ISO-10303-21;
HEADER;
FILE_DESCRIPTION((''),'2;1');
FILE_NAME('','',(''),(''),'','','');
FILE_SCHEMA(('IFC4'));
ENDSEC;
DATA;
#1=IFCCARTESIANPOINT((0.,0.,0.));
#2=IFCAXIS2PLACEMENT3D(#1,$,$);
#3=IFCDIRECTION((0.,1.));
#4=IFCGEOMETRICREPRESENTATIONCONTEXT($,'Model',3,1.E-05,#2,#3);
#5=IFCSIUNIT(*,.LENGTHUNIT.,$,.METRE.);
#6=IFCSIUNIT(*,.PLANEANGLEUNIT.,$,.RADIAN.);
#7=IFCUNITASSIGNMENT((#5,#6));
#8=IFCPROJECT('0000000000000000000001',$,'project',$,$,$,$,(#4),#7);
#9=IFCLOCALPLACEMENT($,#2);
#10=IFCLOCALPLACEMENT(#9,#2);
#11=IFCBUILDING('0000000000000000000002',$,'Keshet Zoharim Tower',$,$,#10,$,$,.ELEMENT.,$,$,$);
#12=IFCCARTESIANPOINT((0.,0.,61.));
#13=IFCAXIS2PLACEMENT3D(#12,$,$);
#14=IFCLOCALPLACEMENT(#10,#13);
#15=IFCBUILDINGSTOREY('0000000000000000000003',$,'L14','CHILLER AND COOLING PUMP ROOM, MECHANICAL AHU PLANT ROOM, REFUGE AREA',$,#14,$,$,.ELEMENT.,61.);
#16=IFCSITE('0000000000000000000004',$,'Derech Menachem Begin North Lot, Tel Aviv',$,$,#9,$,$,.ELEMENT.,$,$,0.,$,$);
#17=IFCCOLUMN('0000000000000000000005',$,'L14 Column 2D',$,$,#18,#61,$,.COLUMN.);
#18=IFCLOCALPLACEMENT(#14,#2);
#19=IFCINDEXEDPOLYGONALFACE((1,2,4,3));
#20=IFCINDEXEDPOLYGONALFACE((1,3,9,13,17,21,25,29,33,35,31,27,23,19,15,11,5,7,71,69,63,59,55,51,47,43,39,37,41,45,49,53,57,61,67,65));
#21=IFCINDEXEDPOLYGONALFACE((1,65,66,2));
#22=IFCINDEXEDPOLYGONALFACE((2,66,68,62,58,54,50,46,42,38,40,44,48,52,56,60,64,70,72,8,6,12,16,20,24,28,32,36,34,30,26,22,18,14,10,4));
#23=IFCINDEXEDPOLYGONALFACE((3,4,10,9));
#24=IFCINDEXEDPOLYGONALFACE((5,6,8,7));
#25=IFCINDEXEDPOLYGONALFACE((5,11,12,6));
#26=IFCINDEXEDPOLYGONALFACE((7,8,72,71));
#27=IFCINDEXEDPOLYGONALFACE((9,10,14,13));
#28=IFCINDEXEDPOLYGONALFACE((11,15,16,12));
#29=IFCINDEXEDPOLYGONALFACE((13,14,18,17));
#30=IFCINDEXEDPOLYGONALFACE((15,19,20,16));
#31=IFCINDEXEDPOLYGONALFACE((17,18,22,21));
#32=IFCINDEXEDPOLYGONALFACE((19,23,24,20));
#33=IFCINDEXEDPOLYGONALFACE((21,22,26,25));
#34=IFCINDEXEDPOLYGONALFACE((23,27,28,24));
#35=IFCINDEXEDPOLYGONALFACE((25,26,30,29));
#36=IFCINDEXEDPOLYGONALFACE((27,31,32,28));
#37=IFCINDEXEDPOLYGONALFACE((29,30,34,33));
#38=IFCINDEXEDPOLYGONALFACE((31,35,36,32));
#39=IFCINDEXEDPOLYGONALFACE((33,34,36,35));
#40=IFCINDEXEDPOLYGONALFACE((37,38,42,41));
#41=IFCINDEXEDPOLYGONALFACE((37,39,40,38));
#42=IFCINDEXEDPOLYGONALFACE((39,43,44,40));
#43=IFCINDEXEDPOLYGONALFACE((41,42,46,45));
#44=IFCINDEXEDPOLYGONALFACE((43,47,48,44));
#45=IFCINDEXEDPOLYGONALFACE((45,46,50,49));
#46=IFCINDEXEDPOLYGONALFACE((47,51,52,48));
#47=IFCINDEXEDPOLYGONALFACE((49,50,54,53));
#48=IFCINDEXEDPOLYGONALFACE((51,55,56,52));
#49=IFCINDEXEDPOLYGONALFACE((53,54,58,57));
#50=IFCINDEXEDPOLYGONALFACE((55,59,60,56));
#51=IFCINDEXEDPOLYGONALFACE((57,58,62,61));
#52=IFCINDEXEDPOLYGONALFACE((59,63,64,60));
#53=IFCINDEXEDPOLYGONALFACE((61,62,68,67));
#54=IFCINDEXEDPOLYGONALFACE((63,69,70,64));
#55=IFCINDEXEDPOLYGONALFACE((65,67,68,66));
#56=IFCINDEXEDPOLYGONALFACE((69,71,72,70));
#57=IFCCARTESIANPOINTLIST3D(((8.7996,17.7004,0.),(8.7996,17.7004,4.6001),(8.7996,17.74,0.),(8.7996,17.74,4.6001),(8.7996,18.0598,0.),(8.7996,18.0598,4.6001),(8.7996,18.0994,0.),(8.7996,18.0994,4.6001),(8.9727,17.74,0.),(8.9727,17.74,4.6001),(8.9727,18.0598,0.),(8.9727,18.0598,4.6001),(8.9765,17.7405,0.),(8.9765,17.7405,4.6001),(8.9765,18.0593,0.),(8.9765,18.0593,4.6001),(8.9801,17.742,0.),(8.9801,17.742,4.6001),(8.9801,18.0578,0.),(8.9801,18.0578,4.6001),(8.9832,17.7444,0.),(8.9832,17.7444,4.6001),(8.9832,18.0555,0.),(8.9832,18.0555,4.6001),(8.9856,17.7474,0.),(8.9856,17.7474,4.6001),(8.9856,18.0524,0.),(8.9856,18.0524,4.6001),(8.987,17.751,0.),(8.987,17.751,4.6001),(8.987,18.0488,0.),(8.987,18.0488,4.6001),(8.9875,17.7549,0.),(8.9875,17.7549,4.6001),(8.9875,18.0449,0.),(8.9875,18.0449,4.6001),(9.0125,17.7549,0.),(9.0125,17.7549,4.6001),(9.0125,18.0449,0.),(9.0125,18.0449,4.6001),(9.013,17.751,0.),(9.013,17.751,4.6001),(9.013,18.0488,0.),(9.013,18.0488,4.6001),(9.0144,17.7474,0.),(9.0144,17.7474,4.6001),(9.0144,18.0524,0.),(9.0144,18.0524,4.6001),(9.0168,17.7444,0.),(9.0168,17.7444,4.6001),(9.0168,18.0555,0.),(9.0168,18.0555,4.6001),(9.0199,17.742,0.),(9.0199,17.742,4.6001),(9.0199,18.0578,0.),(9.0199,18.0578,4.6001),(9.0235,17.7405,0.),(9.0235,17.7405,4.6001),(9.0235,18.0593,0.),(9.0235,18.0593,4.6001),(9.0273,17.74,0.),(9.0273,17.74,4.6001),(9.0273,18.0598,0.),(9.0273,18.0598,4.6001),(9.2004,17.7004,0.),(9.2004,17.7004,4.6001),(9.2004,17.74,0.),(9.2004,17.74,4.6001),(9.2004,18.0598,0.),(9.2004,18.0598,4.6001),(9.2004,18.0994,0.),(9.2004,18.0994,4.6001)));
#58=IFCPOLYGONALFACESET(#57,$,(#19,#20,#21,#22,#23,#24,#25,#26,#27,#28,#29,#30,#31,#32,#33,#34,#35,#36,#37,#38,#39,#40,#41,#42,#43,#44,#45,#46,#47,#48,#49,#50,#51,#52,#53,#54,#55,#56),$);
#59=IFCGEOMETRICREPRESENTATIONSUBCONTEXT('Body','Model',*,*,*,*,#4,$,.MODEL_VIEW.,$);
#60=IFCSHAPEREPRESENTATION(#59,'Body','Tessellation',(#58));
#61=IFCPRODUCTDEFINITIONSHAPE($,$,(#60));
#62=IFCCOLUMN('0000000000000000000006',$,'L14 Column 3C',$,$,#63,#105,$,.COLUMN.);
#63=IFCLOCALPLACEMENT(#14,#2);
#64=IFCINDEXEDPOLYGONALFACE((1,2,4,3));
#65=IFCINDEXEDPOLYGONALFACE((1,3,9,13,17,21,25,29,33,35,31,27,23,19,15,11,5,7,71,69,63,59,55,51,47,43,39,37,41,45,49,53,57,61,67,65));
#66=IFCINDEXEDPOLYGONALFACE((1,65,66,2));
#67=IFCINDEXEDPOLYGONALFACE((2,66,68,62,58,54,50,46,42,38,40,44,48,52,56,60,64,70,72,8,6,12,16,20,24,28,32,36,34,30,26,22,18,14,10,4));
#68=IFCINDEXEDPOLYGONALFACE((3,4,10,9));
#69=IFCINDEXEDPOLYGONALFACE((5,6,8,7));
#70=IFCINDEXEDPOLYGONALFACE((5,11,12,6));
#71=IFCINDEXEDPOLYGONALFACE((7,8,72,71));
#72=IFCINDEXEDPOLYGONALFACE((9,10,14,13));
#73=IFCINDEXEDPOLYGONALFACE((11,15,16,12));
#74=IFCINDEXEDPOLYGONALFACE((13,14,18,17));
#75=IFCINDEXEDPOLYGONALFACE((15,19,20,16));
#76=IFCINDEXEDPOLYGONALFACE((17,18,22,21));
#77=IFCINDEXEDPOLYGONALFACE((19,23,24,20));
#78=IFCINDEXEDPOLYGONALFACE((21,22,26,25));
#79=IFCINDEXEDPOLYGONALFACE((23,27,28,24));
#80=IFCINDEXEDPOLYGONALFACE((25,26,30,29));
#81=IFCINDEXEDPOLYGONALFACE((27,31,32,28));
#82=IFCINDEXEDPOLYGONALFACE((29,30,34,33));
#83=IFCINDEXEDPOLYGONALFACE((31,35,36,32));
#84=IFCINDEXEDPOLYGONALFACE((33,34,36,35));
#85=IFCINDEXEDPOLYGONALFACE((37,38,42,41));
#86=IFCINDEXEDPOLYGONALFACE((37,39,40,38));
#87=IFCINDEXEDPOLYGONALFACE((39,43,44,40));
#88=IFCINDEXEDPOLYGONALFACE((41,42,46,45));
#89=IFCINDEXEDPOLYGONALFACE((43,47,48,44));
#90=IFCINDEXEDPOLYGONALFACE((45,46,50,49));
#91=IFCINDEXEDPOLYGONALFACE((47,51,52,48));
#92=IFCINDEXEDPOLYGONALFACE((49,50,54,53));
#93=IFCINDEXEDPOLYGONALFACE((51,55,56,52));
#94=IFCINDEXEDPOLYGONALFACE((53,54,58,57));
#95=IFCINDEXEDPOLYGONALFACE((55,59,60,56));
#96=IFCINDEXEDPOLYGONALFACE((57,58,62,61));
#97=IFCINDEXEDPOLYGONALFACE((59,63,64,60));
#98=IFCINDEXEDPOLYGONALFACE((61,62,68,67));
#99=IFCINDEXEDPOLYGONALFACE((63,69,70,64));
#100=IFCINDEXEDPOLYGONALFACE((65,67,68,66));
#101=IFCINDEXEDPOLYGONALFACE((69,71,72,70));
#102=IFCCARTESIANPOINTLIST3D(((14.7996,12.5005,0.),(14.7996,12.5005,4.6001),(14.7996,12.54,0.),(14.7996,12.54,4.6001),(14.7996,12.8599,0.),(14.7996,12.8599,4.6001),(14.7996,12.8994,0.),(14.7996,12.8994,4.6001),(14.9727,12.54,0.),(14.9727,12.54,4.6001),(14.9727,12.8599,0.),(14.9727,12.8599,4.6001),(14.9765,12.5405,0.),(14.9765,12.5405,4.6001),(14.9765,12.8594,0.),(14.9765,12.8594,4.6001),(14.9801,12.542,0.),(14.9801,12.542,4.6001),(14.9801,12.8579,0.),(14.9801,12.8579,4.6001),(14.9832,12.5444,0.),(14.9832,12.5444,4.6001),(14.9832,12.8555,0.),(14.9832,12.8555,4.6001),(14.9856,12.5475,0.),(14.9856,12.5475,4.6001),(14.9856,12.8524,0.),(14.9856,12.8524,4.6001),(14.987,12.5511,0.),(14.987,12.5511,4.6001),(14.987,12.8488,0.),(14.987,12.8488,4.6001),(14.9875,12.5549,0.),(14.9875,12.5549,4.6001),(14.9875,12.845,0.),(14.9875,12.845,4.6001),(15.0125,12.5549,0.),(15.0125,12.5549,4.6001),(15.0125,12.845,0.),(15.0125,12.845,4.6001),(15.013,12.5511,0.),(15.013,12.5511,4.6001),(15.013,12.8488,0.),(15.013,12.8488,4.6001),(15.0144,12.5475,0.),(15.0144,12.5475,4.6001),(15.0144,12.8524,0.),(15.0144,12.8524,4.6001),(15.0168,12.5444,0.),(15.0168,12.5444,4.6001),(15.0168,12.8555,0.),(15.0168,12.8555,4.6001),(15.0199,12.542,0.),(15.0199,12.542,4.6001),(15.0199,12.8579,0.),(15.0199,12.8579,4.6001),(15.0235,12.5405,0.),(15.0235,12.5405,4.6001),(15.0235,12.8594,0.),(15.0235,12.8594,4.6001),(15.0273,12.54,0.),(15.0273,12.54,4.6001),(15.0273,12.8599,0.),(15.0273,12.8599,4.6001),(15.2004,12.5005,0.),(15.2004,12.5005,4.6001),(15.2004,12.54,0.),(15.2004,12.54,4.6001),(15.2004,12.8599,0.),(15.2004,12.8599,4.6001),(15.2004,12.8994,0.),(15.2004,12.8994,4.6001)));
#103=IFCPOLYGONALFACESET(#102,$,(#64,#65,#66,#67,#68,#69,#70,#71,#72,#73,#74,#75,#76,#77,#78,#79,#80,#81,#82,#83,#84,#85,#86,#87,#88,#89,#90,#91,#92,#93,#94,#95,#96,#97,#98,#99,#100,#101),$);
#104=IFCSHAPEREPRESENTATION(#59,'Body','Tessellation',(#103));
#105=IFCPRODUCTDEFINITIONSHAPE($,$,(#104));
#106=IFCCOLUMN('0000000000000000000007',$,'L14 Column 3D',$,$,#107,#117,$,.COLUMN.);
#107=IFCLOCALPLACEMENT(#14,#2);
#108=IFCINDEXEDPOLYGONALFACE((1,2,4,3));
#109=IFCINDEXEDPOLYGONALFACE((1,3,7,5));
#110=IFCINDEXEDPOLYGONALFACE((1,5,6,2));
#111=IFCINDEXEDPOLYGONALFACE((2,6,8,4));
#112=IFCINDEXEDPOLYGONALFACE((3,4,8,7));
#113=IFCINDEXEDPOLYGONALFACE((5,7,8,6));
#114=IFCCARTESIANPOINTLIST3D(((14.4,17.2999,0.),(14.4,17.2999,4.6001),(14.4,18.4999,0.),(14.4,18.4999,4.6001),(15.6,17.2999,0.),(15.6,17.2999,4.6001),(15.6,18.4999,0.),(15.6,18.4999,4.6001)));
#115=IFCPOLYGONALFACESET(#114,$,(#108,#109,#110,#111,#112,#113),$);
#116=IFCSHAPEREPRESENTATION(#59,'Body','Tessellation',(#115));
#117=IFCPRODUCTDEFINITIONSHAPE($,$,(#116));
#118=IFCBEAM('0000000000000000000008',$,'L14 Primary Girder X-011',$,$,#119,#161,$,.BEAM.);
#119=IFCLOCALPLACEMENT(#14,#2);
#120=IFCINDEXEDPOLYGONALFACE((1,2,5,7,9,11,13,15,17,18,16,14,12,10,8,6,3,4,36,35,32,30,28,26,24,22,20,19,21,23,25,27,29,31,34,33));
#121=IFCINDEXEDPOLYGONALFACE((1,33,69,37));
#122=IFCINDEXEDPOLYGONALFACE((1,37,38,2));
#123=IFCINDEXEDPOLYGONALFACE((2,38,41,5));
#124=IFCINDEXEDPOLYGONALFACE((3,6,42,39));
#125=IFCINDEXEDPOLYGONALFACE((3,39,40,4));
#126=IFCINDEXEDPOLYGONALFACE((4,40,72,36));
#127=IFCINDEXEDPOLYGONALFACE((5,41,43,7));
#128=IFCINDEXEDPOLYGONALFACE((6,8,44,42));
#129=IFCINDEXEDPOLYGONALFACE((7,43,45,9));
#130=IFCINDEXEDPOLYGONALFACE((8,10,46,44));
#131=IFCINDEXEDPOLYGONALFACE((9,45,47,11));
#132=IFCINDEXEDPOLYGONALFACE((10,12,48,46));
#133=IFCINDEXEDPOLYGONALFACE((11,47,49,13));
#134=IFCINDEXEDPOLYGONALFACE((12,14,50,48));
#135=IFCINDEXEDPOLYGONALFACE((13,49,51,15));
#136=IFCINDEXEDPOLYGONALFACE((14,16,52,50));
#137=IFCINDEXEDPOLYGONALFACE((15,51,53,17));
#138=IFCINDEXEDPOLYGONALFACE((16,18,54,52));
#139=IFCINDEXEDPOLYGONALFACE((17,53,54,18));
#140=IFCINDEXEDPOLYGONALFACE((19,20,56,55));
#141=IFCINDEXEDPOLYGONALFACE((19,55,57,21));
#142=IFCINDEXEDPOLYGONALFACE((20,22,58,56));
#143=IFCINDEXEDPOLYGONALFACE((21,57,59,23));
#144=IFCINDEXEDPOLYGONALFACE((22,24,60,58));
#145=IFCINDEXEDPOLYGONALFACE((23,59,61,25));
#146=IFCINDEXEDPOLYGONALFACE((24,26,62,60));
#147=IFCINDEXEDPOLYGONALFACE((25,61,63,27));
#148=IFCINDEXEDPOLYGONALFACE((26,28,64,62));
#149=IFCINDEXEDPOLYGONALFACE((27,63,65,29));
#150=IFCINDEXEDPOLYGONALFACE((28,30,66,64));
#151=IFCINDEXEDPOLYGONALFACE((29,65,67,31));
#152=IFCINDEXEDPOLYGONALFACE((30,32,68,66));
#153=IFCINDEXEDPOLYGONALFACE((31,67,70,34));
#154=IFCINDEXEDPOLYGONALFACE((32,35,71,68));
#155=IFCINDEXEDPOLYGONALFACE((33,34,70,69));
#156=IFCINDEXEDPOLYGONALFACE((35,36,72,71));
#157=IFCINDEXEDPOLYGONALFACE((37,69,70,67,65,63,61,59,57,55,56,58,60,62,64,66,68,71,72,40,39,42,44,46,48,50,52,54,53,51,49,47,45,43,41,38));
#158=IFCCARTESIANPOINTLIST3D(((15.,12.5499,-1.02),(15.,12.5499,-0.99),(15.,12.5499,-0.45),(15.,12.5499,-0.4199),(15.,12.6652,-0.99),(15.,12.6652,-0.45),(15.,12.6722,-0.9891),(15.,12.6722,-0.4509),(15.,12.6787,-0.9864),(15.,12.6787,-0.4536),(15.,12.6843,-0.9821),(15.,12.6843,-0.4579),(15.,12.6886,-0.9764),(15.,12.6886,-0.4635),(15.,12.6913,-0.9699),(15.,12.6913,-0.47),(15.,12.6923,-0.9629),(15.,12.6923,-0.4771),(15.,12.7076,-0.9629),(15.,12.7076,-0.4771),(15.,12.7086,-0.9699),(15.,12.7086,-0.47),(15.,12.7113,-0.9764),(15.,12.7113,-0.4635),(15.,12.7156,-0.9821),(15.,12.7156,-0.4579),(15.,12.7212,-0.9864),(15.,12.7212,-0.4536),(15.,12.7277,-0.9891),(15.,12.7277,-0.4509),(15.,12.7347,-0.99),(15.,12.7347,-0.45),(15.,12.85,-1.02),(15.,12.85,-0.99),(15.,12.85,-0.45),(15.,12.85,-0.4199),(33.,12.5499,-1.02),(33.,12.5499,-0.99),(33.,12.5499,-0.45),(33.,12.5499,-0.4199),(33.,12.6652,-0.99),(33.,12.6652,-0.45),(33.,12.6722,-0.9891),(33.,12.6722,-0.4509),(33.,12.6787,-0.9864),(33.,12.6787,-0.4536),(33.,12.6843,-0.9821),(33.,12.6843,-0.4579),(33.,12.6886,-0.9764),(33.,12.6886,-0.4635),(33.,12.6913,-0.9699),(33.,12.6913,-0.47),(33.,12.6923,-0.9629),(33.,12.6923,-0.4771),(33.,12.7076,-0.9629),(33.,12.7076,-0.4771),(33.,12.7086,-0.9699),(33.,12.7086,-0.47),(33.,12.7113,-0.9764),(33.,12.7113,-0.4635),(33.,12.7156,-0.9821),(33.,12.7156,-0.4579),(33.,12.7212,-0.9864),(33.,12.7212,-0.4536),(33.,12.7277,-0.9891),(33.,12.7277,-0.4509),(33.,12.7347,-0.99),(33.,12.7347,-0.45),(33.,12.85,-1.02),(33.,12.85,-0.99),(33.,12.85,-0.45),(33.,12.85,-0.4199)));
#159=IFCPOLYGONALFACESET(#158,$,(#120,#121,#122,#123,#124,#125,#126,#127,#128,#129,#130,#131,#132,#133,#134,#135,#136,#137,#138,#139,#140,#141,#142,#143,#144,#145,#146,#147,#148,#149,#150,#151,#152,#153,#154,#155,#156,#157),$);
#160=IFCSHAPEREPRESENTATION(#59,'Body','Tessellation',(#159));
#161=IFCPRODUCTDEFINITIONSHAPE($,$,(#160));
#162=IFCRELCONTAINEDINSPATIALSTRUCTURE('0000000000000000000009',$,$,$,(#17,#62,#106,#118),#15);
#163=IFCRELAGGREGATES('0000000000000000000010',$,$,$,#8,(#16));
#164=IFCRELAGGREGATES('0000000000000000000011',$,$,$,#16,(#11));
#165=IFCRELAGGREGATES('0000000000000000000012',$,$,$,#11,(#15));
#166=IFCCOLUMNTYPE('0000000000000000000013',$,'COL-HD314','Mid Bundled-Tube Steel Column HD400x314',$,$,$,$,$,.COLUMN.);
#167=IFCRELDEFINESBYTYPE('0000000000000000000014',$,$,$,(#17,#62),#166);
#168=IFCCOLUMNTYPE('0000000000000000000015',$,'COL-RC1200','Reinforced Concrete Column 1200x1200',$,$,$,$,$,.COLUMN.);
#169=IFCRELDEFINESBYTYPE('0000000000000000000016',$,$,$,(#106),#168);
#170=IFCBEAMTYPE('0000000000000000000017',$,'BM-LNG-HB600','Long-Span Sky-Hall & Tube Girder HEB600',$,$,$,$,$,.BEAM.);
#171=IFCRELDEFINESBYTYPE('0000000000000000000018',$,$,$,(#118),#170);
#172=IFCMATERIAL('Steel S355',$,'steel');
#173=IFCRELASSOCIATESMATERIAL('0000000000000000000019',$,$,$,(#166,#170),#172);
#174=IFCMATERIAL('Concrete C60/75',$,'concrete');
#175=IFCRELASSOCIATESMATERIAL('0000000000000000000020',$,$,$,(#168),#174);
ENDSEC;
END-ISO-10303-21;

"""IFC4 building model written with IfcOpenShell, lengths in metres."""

from ifc_helpers import new_model, si_unit, direction, frame, origin, origin_2d, place, context, subcontext, project, spatial, rectangle, i_section, extrude, material, material_profile, profile_set, type_object, element, save


model = new_model("IFC4")

# Units and contexts
model_context = context("Model", 3, precision=1e-05, world=origin(), true_north=direction((0.0, 1.0)))
body_context = subcontext(model_context, "Body", "Model", "MODEL_VIEW")
ifc_project = project(units=[si_unit("LENGTHUNIT", "METRE"), si_unit("PLANEANGLEUNIT", "RADIAN")], contexts=[model_context])

# Site, building, storey
site_placement = place(None, origin())
site = spatial("IfcSite", under=ifc_project, at=site_placement, Name="Derech Menachem Begin North Lot, Tel Aviv", CompositionType="ELEMENT", RefElevation=0.0)
building_placement = place(site_placement, origin())
building = spatial("IfcBuilding", under=site, at=building_placement, Name="Keshet Zoharim Tower", CompositionType="ELEMENT")
storey_placement = place(building_placement, frame((0.0, 0.0, 61.0)))
storey = spatial("IfcBuildingStorey", under=building, at=storey_placement, Name="L14", Description="CHILLER AND COOLING PUMP ROOM, MECHANICAL AHU PLANT ROOM, REFUGE AREA", CompositionType="ELEMENT", Elevation=61.0)

# Columns
ifc_material_1 = material(Name="Steel S355", Category="steel")
ifc_material_profile_1 = material_profile(ifc_material_1, i_section(OverallWidth=0.4009, OverallDepth=0.3989, WebThickness=0.0249, FlangeThickness=0.0396, FilletRadius=0.0149, at=origin_2d()), Name="HD400x314")
ifc_profile_set_1 = profile_set([ifc_material_profile_1], Name="Steel S355")
column_type_1 = type_object("IfcColumnType", Name="COL-HD314", Description="Mid Bundled-Tube Steel Column HD400x314", PredefinedType="COLUMN", material=ifc_profile_set_1)
for number, where, z_axis, x_axis, name in (
    (1, (9.0, 17.8999, 0.0), (0.0, 0.0, 1.0), (1.0, 0.0, 0.0), "L14 Column 2D"),
    (2, (15.0, 12.7, 0.0), (0.0, 0.0, 1.0), (1.0, 0.0, 0.0), "L14 Column 3C"),
):
    element("IfcColumn", number, at=place(storey_placement, frame(where, z_axis=z_axis, x_axis=x_axis)), inside=storey, type_object=column_type_1, Name=name, PredefinedType="COLUMN", context=body_context, shape_type="SweptSolid", body=[
        extrude(i_section(OverallWidth=0.4009, OverallDepth=0.3989, WebThickness=0.0249, FlangeThickness=0.0396, FilletRadius=0.0149, at=origin_2d()), origin(), (0.0, 0.0, 1.0), 4.6001),
    ])
ifc_material_2 = material(Name="Concrete C60/75", Category="concrete")
ifc_material_profile_2 = material_profile(ifc_material_2, rectangle(XDim=1.2, YDim=1.2, at=origin_2d()), Name="RC1200x1200")
ifc_profile_set_2 = profile_set([ifc_material_profile_2], Name="Concrete C60/75")
column_type_2 = type_object("IfcColumnType", Name="COL-RC1200", Description="Reinforced Concrete Column 1200x1200", PredefinedType="COLUMN", material=ifc_profile_set_2)
column_placement = place(storey_placement, frame((15.0, 17.8999, 0.0), z_axis=(0.0, 0.0, 1.0), x_axis=(1.0, 0.0, 0.0)))
element("IfcColumn", 3, at=column_placement, inside=storey, type_object=column_type_2, Name="L14 Column 3D", PredefinedType="COLUMN", context=body_context, shape_type="SweptSolid", body=[
    extrude(rectangle(XDim=1.2, YDim=1.2, at=origin_2d()), origin(), (0.0, 0.0, 1.0), 4.6001),
])

# Beam
ifc_material_profile_3 = material_profile(ifc_material_1, i_section(OverallWidth=0.3, OverallDepth=0.6001, WebThickness=0.0154, FlangeThickness=0.03, FilletRadius=0.0271, at=origin_2d()), Name="HEB600")
ifc_profile_set_3 = profile_set([ifc_material_profile_3], Name="Steel S355")
beam_type_1 = type_object("IfcBeamType", Name="BM-LNG-HB600", Description="Long-Span Sky-Hall & Tube Girder HEB600", PredefinedType="BEAM", material=ifc_profile_set_3)
for number, where, z_axis, x_axis, name in (
    (4, (15.0, 12.7, -0.72), (1.0, 0.0, 0.0), (0.0, 1.0, 0.0), "L14 Primary Girder X-011"),
):
    element("IfcBeam", number, at=place(storey_placement, frame(where, z_axis=z_axis, x_axis=x_axis)), inside=storey, type_object=beam_type_1, Name=name, PredefinedType="BEAM", context=body_context, shape_type="SweptSolid", body=[
        extrude(i_section(OverallWidth=0.3, OverallDepth=0.6001, WebThickness=0.0154, FlangeThickness=0.03, FilletRadius=0.0271, at=origin_2d()), origin(), (0.0, 0.0, 1.0), 18.0),
    ])

save(model, "model.ifc")
